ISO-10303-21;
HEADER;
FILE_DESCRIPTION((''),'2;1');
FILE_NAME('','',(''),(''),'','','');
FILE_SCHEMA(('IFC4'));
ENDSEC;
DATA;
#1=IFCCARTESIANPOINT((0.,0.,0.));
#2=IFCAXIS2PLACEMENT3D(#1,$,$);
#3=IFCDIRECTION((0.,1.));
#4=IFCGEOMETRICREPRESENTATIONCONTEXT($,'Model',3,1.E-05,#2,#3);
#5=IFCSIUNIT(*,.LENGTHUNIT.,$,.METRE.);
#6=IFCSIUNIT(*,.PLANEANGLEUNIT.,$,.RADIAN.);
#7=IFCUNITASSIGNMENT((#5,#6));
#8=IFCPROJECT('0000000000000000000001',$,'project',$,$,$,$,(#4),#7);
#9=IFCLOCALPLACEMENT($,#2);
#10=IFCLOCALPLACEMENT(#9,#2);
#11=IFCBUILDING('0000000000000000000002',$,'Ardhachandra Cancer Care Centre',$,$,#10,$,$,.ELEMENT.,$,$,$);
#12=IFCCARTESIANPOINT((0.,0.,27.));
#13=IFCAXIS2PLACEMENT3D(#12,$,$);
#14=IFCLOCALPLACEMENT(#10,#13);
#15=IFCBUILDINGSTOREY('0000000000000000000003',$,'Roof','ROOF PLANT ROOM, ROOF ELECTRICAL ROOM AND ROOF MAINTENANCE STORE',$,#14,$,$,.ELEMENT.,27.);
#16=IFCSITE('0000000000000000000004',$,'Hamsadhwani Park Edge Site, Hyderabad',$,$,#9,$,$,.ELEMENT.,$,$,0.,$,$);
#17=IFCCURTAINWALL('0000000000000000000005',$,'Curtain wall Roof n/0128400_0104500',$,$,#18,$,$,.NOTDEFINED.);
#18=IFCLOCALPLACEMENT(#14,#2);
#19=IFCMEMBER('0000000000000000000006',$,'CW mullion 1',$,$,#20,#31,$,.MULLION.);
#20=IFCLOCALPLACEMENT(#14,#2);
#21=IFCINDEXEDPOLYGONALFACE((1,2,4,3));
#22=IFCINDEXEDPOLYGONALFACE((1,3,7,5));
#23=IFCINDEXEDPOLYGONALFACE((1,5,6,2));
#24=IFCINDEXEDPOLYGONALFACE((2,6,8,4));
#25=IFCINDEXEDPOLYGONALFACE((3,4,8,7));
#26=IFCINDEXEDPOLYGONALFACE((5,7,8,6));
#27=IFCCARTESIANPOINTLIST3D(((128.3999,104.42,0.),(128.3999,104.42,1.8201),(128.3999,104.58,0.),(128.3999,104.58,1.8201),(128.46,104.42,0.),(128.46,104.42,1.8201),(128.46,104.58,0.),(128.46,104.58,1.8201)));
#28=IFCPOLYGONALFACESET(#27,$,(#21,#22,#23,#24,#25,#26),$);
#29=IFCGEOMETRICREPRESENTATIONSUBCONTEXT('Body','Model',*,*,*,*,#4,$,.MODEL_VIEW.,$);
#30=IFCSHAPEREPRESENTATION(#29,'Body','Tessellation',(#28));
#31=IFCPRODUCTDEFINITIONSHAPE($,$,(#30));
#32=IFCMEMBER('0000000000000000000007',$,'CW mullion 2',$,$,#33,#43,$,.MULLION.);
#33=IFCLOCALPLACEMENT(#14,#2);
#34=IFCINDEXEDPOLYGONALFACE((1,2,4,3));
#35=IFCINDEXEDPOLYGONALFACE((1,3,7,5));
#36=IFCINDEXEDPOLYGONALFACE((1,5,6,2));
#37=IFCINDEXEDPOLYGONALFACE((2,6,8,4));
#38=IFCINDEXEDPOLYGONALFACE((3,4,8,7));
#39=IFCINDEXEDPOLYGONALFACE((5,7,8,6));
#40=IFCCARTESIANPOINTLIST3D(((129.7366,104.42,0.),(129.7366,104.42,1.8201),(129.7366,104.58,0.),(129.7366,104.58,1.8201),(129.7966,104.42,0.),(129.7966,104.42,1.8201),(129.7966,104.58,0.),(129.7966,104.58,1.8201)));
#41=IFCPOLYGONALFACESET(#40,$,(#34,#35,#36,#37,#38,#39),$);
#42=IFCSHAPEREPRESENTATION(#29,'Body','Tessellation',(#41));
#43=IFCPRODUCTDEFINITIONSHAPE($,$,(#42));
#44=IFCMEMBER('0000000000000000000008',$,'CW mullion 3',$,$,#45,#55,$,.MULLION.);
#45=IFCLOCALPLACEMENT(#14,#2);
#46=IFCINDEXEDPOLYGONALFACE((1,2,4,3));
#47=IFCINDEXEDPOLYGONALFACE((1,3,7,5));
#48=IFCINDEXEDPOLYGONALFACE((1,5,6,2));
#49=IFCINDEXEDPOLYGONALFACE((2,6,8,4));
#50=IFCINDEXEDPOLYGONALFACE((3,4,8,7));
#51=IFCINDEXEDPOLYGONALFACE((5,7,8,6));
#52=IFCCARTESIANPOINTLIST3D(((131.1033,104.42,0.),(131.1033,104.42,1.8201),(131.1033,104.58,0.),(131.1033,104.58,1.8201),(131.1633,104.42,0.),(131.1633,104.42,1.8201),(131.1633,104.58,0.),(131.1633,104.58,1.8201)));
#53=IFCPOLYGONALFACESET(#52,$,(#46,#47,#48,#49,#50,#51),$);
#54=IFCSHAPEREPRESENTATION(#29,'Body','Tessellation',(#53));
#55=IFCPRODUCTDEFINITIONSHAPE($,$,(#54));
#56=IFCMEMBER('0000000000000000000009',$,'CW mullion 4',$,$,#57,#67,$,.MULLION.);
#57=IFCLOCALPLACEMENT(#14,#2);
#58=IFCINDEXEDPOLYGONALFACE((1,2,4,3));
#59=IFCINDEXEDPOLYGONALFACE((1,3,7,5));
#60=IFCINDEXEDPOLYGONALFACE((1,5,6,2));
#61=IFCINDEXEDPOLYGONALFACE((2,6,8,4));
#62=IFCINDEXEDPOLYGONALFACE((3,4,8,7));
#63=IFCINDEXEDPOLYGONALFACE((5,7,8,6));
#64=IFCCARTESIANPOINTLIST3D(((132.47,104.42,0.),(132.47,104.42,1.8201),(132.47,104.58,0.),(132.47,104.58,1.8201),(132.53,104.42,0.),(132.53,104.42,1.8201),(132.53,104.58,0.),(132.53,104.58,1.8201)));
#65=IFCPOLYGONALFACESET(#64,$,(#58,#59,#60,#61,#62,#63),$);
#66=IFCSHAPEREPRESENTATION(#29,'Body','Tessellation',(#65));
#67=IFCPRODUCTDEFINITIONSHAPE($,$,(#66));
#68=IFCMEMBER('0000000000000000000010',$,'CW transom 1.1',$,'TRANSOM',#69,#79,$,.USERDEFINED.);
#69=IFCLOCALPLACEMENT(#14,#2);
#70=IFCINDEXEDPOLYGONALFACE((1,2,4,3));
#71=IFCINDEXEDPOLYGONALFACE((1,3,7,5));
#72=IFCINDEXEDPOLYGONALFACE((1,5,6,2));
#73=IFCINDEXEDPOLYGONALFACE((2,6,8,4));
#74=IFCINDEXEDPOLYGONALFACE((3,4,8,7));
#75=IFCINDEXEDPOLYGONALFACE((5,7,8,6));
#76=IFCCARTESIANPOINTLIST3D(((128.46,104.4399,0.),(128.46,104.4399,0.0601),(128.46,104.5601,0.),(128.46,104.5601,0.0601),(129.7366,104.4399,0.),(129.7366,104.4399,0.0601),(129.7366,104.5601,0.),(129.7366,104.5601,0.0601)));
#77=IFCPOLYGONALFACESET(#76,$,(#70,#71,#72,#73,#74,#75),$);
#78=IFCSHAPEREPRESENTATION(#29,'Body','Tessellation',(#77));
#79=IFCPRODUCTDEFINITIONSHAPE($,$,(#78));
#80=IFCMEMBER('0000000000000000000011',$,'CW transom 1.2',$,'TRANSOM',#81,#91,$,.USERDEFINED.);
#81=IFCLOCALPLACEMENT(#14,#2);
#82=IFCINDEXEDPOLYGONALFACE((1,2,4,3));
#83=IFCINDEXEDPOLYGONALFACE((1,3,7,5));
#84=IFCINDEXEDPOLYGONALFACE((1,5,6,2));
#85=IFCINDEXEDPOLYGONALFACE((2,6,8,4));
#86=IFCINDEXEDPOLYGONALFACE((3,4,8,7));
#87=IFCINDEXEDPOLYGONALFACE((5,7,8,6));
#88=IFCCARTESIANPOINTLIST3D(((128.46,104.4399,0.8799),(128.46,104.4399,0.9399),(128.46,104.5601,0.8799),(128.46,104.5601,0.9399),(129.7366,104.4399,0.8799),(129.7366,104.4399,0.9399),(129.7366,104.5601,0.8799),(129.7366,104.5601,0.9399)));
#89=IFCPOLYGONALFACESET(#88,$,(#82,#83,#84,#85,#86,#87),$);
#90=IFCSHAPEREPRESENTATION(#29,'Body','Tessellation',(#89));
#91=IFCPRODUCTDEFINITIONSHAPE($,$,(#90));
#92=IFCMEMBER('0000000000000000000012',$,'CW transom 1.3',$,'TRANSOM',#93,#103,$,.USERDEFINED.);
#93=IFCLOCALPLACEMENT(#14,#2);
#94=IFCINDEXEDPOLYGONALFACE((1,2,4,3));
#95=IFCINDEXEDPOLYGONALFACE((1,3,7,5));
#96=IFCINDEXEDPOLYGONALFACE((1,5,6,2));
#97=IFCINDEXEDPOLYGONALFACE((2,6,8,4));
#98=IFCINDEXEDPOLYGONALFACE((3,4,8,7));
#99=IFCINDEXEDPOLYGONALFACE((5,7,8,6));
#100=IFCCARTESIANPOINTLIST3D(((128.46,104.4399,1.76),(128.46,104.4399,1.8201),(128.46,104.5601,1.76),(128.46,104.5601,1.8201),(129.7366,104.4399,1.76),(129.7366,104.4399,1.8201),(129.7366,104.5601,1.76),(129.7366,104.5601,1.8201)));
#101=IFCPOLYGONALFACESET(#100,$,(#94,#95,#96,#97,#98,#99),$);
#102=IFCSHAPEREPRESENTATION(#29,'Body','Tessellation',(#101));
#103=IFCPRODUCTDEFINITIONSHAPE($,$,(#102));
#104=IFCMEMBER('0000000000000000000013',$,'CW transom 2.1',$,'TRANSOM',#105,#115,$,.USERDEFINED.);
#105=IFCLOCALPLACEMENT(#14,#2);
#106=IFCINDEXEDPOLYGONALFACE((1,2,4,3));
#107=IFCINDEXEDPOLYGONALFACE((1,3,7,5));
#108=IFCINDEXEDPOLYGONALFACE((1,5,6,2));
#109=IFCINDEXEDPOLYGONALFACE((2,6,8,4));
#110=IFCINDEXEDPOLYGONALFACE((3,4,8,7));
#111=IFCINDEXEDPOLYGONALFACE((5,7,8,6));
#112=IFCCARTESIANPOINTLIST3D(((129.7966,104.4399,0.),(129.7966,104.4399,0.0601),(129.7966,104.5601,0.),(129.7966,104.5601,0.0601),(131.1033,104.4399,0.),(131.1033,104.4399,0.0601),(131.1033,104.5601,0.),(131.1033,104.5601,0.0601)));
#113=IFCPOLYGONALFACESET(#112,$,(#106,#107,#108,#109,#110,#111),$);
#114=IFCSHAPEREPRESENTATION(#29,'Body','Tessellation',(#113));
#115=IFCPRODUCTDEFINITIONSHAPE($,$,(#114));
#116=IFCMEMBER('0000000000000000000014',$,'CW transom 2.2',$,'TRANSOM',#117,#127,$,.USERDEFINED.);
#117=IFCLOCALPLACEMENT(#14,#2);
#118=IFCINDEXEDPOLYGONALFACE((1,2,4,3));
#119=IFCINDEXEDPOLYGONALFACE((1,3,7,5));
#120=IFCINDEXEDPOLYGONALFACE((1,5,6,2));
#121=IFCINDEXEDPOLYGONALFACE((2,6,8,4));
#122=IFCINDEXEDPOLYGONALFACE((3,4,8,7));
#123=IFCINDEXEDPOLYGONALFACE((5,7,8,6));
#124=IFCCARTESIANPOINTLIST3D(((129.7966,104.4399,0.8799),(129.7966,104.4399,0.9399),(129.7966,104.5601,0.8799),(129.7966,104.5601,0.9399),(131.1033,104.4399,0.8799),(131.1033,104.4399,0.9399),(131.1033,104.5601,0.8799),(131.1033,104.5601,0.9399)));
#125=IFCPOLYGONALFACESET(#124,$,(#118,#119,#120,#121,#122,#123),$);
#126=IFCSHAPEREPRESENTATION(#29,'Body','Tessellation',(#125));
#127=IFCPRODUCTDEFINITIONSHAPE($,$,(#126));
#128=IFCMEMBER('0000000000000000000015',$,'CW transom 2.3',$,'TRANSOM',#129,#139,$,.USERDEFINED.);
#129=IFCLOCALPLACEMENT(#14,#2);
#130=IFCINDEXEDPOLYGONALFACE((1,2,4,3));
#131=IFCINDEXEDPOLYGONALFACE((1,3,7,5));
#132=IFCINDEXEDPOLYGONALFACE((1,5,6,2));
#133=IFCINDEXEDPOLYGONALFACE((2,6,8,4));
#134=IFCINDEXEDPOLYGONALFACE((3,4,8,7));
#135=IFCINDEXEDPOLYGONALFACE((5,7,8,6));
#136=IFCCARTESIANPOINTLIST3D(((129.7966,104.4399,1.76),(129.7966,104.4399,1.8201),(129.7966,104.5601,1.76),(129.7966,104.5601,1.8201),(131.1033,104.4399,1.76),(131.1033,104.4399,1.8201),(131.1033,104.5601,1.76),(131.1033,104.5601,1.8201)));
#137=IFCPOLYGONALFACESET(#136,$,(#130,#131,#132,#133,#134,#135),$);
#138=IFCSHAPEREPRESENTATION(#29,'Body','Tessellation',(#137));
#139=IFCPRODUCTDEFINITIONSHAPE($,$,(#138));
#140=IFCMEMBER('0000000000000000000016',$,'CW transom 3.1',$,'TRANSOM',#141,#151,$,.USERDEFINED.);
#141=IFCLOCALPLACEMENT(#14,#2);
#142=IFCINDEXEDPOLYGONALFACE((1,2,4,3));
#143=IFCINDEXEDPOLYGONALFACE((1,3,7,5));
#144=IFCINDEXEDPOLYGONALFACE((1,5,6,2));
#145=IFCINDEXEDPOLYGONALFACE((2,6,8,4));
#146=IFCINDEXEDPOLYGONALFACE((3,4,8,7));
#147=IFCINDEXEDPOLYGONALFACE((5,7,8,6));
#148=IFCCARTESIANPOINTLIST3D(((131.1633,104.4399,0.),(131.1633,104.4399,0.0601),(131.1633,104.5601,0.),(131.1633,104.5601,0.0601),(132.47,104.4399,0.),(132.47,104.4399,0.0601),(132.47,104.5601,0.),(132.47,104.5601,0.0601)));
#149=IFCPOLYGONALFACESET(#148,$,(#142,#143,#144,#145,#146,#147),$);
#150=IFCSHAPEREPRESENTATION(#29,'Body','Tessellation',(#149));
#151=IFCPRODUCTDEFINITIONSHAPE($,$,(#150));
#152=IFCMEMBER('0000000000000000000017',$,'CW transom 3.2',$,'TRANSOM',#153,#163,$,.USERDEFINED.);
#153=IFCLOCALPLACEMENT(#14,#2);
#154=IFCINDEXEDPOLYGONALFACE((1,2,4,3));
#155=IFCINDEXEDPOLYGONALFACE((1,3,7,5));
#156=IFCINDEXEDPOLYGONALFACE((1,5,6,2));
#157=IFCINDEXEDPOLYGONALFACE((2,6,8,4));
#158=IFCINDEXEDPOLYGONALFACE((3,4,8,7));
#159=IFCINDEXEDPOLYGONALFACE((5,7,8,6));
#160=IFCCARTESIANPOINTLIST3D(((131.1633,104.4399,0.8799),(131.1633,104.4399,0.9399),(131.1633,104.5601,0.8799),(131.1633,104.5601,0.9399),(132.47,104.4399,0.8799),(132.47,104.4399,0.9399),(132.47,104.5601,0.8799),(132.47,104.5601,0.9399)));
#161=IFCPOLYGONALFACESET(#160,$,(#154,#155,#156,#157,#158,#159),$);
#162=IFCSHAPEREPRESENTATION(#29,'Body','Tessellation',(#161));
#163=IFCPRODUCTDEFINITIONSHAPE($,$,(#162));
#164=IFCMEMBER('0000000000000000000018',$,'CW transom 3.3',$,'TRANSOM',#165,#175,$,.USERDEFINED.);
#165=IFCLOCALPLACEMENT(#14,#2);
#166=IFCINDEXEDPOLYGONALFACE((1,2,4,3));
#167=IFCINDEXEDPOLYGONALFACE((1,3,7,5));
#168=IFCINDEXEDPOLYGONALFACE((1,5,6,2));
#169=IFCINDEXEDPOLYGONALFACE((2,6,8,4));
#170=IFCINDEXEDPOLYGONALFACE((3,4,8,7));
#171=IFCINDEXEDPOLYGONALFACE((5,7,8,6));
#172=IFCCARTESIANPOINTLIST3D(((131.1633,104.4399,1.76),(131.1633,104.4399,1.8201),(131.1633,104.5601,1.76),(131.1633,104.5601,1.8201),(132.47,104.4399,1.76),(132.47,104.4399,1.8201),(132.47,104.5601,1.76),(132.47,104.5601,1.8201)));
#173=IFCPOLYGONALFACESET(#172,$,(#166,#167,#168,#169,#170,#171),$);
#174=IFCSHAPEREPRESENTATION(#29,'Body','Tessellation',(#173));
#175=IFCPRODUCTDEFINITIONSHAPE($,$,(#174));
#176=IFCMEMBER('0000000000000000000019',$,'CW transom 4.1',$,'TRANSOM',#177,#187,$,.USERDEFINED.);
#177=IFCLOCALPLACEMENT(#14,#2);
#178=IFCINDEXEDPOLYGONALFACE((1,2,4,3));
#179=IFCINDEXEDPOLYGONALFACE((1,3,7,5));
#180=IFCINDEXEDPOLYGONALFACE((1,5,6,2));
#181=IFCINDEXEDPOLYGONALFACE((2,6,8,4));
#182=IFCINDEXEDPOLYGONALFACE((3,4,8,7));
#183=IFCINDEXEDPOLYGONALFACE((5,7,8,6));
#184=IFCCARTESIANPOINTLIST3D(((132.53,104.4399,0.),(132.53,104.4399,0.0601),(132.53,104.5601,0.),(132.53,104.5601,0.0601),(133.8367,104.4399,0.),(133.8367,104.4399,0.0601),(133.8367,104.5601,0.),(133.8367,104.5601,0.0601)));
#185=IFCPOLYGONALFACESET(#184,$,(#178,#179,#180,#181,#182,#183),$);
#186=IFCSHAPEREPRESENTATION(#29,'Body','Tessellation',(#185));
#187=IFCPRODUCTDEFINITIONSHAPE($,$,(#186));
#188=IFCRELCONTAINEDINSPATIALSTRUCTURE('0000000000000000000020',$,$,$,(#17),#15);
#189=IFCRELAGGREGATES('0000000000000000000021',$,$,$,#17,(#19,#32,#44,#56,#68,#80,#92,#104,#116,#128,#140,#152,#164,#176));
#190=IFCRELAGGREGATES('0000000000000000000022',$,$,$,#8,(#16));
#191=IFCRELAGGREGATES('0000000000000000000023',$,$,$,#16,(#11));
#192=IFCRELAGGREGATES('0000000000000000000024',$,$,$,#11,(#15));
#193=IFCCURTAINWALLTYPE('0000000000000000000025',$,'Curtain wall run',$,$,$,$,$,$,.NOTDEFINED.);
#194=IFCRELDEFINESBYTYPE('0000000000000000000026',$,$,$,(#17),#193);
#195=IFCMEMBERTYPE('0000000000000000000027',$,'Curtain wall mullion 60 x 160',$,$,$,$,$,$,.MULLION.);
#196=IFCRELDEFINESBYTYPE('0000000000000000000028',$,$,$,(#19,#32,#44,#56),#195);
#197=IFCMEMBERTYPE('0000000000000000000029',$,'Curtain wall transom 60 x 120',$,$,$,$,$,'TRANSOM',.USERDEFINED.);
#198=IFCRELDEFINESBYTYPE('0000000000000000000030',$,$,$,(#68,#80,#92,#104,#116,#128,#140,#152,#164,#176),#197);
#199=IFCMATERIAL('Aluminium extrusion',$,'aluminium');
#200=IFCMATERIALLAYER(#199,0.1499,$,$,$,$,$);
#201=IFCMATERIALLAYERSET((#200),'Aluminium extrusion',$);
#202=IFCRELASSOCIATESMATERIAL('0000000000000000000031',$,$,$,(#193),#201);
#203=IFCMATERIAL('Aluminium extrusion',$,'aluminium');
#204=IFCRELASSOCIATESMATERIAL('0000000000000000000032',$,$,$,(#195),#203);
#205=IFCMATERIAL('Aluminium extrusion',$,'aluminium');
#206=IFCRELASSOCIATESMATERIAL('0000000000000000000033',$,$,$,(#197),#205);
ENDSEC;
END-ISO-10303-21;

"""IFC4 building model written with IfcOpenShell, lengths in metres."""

from ifc_helpers import new_model, si_unit, direction, frame, origin, origin_2d, place, context, subcontext, project, spatial, rectangle, extrude, material, layer, layer_set, material_profile, profile_set, type_object, element, aggregate, save


model = new_model("IFC4")

# Units and contexts
model_context = context("Model", 3, precision=1e-05, world=origin(), true_north=direction((0.0, 1.0)))
body_context = subcontext(model_context, "Body", "Model", "MODEL_VIEW")
ifc_project = project(units=[si_unit("LENGTHUNIT", "METRE"), si_unit("PLANEANGLEUNIT", "RADIAN")], contexts=[model_context])

# Site, building, storey
site_placement = place(None, origin())
site = spatial("IfcSite", under=ifc_project, at=site_placement, Name="Hamsadhwani Park Edge Site, Hyderabad", CompositionType="ELEMENT", RefElevation=0.0)
building_placement = place(site_placement, origin())
building = spatial("IfcBuilding", under=site, at=building_placement, Name="Ardhachandra Cancer Care Centre", CompositionType="ELEMENT")
storey_placement = place(building_placement, frame((0.0, 0.0, 27.0)))
storey = spatial("IfcBuildingStorey", under=building, at=storey_placement, Name="Roof", Description="ROOF PLANT ROOM, ROOF ELECTRICAL ROOM AND ROOF MAINTENANCE STORE", CompositionType="ELEMENT", Elevation=27.0)

# Curtain wall, members
ifc_material_1 = material(Name="Aluminium extrusion", Category="aluminium")
ifc_layer_1 = layer(ifc_material_1, 0.1499)
ifc_layer_set_1 = layer_set([ifc_layer_1], Name="Aluminium extrusion")
curtain_wall_type = type_object("IfcCurtainWallType", Name="Curtain wall run", PredefinedType="NOTDEFINED", material=ifc_layer_set_1)
curtain_wall_placement = place(storey_placement, origin())
curtain_wall = element("IfcCurtainWall", 1, at=curtain_wall_placement, inside=storey, type_object=curtain_wall_type, Name="Curtain wall Roof n/0128400_0104500", PredefinedType="NOTDEFINED")
ifc_material_2 = material(Name="Aluminium extrusion", Category="aluminium")
ifc_material_profile_1 = material_profile(ifc_material_2, rectangle(XDim=0.1599, YDim=0.0601, at=origin_2d()), Name="Curtain wall mullion 60 x 160")
ifc_profile_set_1 = profile_set([ifc_material_profile_1], Name="Aluminium extrusion")
member_type_1 = type_object("IfcMemberType", Name="Curtain wall mullion 60 x 160", PredefinedType="MULLION", material=ifc_profile_set_1)
member_1_placement = place(storey_placement, frame((128.4299, 104.5, 0.0), z_axis=(0.0, 0.0, 1.0), x_axis=(0.0, 1.0, 0.0)))
member_1 = element("IfcMember", 2, at=member_1_placement, type_object=member_type_1, Name="CW mullion 1", PredefinedType="MULLION", context=body_context, shape_type="SweptSolid", body=[
    extrude(rectangle(XDim=0.1599, YDim=0.0601, at=origin_2d()), origin(), (0.0, 0.0, 1.0), 1.8201),
])
member_2_placement = place(storey_placement, frame((129.7666, 104.5, 0.0), z_axis=(0.0, 0.0, 1.0), x_axis=(0.0, 1.0, 0.0)))
member_2 = element("IfcMember", 3, at=member_2_placement, type_object=member_type_1, Name="CW mullion 2", PredefinedType="MULLION", context=body_context, shape_type="SweptSolid", body=[
    extrude(rectangle(XDim=0.1599, YDim=0.0601, at=origin_2d()), origin(), (0.0, 0.0, 1.0), 1.8201),
])
member_3_placement = place(storey_placement, frame((131.1333, 104.5, 0.0), z_axis=(0.0, 0.0, 1.0), x_axis=(0.0, 1.0, 0.0)))
member_3 = element("IfcMember", 4, at=member_3_placement, type_object=member_type_1, Name="CW mullion 3", PredefinedType="MULLION", context=body_context, shape_type="SweptSolid", body=[
    extrude(rectangle(XDim=0.1599, YDim=0.0601, at=origin_2d()), origin(), (0.0, 0.0, 1.0), 1.8201),
])
member_4_placement = place(storey_placement, frame((132.5, 104.5, 0.0), z_axis=(0.0, 0.0, 1.0), x_axis=(0.0, 1.0, 0.0)))
member_4 = element("IfcMember", 5, at=member_4_placement, type_object=member_type_1, Name="CW mullion 4", PredefinedType="MULLION", context=body_context, shape_type="SweptSolid", body=[
    extrude(rectangle(XDim=0.1599, YDim=0.0601, at=origin_2d()), origin(), (0.0, 0.0, 1.0), 1.8201),
])
ifc_material_3 = material(Name="Aluminium extrusion", Category="aluminium")
ifc_material_profile_2 = material_profile(ifc_material_3, rectangle(XDim=0.1201, YDim=0.0601, at=origin_2d()), Name="Curtain wall transom 60 x 120")
ifc_profile_set_2 = profile_set([ifc_material_profile_2], Name="Aluminium extrusion")
member_type_2 = type_object("IfcMemberType", Name="Curtain wall transom 60 x 120", ElementType="TRANSOM", PredefinedType="USERDEFINED", material=ifc_profile_set_2)
member_5_placement = place(storey_placement, frame((128.46, 104.5, 0.03), z_axis=(1.0, 0.0, 0.0), x_axis=(0.0, 1.0, 0.0)))
member_5 = element("IfcMember", 6, at=member_5_placement, type_object=member_type_2, Name="CW transom 1.1", ObjectType="TRANSOM", PredefinedType="USERDEFINED", context=body_context, shape_type="SweptSolid", body=[
    extrude(rectangle(XDim=0.1201, YDim=0.0601, at=origin_2d()), origin(), (0.0, 0.0, 1.0), 1.2766),
])
member_6_placement = place(storey_placement, frame((128.46, 104.5, 0.9099), z_axis=(1.0, 0.0, 0.0), x_axis=(0.0, 1.0, 0.0)))
member_6 = element("IfcMember", 7, at=member_6_placement, type_object=member_type_2, Name="CW transom 1.2", ObjectType="TRANSOM", PredefinedType="USERDEFINED", context=body_context, shape_type="SweptSolid", body=[
    extrude(rectangle(XDim=0.1201, YDim=0.0601, at=origin_2d()), origin(), (0.0, 0.0, 1.0), 1.2766),
])
member_7_placement = place(storey_placement, frame((128.46, 104.5, 1.79), z_axis=(1.0, 0.0, 0.0), x_axis=(0.0, 1.0, 0.0)))
member_7 = element("IfcMember", 8, at=member_7_placement, type_object=member_type_2, Name="CW transom 1.3", ObjectType="TRANSOM", PredefinedType="USERDEFINED", context=body_context, shape_type="SweptSolid", body=[
    extrude(rectangle(XDim=0.1201, YDim=0.0601, at=origin_2d()), origin(), (0.0, 0.0, 1.0), 1.2766),
])
member_8_placement = place(storey_placement, frame((129.7966, 104.5, 0.03), z_axis=(1.0, 0.0, 0.0), x_axis=(0.0, 1.0, 0.0)))
member_8 = element("IfcMember", 9, at=member_8_placement, type_object=member_type_2, Name="CW transom 2.1", ObjectType="TRANSOM", PredefinedType="USERDEFINED", context=body_context, shape_type="SweptSolid", body=[
    extrude(rectangle(XDim=0.1201, YDim=0.0601, at=origin_2d()), origin(), (0.0, 0.0, 1.0), 1.3066),
])
member_9_placement = place(storey_placement, frame((129.7966, 104.5, 0.9099), z_axis=(1.0, 0.0, 0.0), x_axis=(0.0, 1.0, 0.0)))
member_9 = element("IfcMember", 10, at=member_9_placement, type_object=member_type_2, Name="CW transom 2.2", ObjectType="TRANSOM", PredefinedType="USERDEFINED", context=body_context, shape_type="SweptSolid", body=[
    extrude(rectangle(XDim=0.1201, YDim=0.0601, at=origin_2d()), origin(), (0.0, 0.0, 1.0), 1.3066),
])
member_10_placement = place(storey_placement, frame((129.7966, 104.5, 1.79), z_axis=(1.0, 0.0, 0.0), x_axis=(0.0, 1.0, 0.0)))
member_10 = element("IfcMember", 11, at=member_10_placement, type_object=member_type_2, Name="CW transom 2.3", ObjectType="TRANSOM", PredefinedType="USERDEFINED", context=body_context, shape_type="SweptSolid", body=[
    extrude(rectangle(XDim=0.1201, YDim=0.0601, at=origin_2d()), origin(), (0.0, 0.0, 1.0), 1.3066),
])
member_11_placement = place(storey_placement, frame((131.1633, 104.5, 0.03), z_axis=(1.0, 0.0, 0.0), x_axis=(0.0, 1.0, 0.0)))
member_11 = element("IfcMember", 12, at=member_11_placement, type_object=member_type_2, Name="CW transom 3.1", ObjectType="TRANSOM", PredefinedType="USERDEFINED", context=body_context, shape_type="SweptSolid", body=[
    extrude(rectangle(XDim=0.1201, YDim=0.0601, at=origin_2d()), origin(), (0.0, 0.0, 1.0), 1.3066),
])
member_12_placement = place(storey_placement, frame((131.1633, 104.5, 0.9099), z_axis=(1.0, 0.0, 0.0), x_axis=(0.0, 1.0, 0.0)))
member_12 = element("IfcMember", 13, at=member_12_placement, type_object=member_type_2, Name="CW transom 3.2", ObjectType="TRANSOM", PredefinedType="USERDEFINED", context=body_context, shape_type="SweptSolid", body=[
    extrude(rectangle(XDim=0.1201, YDim=0.0601, at=origin_2d()), origin(), (0.0, 0.0, 1.0), 1.3066),
])
member_13_placement = place(storey_placement, frame((131.1633, 104.5, 1.79), z_axis=(1.0, 0.0, 0.0), x_axis=(0.0, 1.0, 0.0)))
member_13 = element("IfcMember", 14, at=member_13_placement, type_object=member_type_2, Name="CW transom 3.3", ObjectType="TRANSOM", PredefinedType="USERDEFINED", context=body_context, shape_type="SweptSolid", body=[
    extrude(rectangle(XDim=0.1201, YDim=0.0601, at=origin_2d()), origin(), (0.0, 0.0, 1.0), 1.3066),
])
member_14_placement = place(storey_placement, frame((132.53, 104.5, 0.03), z_axis=(1.0, 0.0, 0.0), x_axis=(0.0, 1.0, 0.0)))
member_14 = element("IfcMember", 15, at=member_14_placement, type_object=member_type_2, Name="CW transom 4.1", ObjectType="TRANSOM", PredefinedType="USERDEFINED", context=body_context, shape_type="SweptSolid", body=[
    extrude(rectangle(XDim=0.1201, YDim=0.0601, at=origin_2d()), origin(), (0.0, 0.0, 1.0), 1.3066),
])

aggregate(curtain_wall, [member_1, member_2, member_3, member_4, member_5, member_6, member_7, member_8, member_9, member_10, member_11, member_12, member_13, member_14])

save(model, "model.ifc")
